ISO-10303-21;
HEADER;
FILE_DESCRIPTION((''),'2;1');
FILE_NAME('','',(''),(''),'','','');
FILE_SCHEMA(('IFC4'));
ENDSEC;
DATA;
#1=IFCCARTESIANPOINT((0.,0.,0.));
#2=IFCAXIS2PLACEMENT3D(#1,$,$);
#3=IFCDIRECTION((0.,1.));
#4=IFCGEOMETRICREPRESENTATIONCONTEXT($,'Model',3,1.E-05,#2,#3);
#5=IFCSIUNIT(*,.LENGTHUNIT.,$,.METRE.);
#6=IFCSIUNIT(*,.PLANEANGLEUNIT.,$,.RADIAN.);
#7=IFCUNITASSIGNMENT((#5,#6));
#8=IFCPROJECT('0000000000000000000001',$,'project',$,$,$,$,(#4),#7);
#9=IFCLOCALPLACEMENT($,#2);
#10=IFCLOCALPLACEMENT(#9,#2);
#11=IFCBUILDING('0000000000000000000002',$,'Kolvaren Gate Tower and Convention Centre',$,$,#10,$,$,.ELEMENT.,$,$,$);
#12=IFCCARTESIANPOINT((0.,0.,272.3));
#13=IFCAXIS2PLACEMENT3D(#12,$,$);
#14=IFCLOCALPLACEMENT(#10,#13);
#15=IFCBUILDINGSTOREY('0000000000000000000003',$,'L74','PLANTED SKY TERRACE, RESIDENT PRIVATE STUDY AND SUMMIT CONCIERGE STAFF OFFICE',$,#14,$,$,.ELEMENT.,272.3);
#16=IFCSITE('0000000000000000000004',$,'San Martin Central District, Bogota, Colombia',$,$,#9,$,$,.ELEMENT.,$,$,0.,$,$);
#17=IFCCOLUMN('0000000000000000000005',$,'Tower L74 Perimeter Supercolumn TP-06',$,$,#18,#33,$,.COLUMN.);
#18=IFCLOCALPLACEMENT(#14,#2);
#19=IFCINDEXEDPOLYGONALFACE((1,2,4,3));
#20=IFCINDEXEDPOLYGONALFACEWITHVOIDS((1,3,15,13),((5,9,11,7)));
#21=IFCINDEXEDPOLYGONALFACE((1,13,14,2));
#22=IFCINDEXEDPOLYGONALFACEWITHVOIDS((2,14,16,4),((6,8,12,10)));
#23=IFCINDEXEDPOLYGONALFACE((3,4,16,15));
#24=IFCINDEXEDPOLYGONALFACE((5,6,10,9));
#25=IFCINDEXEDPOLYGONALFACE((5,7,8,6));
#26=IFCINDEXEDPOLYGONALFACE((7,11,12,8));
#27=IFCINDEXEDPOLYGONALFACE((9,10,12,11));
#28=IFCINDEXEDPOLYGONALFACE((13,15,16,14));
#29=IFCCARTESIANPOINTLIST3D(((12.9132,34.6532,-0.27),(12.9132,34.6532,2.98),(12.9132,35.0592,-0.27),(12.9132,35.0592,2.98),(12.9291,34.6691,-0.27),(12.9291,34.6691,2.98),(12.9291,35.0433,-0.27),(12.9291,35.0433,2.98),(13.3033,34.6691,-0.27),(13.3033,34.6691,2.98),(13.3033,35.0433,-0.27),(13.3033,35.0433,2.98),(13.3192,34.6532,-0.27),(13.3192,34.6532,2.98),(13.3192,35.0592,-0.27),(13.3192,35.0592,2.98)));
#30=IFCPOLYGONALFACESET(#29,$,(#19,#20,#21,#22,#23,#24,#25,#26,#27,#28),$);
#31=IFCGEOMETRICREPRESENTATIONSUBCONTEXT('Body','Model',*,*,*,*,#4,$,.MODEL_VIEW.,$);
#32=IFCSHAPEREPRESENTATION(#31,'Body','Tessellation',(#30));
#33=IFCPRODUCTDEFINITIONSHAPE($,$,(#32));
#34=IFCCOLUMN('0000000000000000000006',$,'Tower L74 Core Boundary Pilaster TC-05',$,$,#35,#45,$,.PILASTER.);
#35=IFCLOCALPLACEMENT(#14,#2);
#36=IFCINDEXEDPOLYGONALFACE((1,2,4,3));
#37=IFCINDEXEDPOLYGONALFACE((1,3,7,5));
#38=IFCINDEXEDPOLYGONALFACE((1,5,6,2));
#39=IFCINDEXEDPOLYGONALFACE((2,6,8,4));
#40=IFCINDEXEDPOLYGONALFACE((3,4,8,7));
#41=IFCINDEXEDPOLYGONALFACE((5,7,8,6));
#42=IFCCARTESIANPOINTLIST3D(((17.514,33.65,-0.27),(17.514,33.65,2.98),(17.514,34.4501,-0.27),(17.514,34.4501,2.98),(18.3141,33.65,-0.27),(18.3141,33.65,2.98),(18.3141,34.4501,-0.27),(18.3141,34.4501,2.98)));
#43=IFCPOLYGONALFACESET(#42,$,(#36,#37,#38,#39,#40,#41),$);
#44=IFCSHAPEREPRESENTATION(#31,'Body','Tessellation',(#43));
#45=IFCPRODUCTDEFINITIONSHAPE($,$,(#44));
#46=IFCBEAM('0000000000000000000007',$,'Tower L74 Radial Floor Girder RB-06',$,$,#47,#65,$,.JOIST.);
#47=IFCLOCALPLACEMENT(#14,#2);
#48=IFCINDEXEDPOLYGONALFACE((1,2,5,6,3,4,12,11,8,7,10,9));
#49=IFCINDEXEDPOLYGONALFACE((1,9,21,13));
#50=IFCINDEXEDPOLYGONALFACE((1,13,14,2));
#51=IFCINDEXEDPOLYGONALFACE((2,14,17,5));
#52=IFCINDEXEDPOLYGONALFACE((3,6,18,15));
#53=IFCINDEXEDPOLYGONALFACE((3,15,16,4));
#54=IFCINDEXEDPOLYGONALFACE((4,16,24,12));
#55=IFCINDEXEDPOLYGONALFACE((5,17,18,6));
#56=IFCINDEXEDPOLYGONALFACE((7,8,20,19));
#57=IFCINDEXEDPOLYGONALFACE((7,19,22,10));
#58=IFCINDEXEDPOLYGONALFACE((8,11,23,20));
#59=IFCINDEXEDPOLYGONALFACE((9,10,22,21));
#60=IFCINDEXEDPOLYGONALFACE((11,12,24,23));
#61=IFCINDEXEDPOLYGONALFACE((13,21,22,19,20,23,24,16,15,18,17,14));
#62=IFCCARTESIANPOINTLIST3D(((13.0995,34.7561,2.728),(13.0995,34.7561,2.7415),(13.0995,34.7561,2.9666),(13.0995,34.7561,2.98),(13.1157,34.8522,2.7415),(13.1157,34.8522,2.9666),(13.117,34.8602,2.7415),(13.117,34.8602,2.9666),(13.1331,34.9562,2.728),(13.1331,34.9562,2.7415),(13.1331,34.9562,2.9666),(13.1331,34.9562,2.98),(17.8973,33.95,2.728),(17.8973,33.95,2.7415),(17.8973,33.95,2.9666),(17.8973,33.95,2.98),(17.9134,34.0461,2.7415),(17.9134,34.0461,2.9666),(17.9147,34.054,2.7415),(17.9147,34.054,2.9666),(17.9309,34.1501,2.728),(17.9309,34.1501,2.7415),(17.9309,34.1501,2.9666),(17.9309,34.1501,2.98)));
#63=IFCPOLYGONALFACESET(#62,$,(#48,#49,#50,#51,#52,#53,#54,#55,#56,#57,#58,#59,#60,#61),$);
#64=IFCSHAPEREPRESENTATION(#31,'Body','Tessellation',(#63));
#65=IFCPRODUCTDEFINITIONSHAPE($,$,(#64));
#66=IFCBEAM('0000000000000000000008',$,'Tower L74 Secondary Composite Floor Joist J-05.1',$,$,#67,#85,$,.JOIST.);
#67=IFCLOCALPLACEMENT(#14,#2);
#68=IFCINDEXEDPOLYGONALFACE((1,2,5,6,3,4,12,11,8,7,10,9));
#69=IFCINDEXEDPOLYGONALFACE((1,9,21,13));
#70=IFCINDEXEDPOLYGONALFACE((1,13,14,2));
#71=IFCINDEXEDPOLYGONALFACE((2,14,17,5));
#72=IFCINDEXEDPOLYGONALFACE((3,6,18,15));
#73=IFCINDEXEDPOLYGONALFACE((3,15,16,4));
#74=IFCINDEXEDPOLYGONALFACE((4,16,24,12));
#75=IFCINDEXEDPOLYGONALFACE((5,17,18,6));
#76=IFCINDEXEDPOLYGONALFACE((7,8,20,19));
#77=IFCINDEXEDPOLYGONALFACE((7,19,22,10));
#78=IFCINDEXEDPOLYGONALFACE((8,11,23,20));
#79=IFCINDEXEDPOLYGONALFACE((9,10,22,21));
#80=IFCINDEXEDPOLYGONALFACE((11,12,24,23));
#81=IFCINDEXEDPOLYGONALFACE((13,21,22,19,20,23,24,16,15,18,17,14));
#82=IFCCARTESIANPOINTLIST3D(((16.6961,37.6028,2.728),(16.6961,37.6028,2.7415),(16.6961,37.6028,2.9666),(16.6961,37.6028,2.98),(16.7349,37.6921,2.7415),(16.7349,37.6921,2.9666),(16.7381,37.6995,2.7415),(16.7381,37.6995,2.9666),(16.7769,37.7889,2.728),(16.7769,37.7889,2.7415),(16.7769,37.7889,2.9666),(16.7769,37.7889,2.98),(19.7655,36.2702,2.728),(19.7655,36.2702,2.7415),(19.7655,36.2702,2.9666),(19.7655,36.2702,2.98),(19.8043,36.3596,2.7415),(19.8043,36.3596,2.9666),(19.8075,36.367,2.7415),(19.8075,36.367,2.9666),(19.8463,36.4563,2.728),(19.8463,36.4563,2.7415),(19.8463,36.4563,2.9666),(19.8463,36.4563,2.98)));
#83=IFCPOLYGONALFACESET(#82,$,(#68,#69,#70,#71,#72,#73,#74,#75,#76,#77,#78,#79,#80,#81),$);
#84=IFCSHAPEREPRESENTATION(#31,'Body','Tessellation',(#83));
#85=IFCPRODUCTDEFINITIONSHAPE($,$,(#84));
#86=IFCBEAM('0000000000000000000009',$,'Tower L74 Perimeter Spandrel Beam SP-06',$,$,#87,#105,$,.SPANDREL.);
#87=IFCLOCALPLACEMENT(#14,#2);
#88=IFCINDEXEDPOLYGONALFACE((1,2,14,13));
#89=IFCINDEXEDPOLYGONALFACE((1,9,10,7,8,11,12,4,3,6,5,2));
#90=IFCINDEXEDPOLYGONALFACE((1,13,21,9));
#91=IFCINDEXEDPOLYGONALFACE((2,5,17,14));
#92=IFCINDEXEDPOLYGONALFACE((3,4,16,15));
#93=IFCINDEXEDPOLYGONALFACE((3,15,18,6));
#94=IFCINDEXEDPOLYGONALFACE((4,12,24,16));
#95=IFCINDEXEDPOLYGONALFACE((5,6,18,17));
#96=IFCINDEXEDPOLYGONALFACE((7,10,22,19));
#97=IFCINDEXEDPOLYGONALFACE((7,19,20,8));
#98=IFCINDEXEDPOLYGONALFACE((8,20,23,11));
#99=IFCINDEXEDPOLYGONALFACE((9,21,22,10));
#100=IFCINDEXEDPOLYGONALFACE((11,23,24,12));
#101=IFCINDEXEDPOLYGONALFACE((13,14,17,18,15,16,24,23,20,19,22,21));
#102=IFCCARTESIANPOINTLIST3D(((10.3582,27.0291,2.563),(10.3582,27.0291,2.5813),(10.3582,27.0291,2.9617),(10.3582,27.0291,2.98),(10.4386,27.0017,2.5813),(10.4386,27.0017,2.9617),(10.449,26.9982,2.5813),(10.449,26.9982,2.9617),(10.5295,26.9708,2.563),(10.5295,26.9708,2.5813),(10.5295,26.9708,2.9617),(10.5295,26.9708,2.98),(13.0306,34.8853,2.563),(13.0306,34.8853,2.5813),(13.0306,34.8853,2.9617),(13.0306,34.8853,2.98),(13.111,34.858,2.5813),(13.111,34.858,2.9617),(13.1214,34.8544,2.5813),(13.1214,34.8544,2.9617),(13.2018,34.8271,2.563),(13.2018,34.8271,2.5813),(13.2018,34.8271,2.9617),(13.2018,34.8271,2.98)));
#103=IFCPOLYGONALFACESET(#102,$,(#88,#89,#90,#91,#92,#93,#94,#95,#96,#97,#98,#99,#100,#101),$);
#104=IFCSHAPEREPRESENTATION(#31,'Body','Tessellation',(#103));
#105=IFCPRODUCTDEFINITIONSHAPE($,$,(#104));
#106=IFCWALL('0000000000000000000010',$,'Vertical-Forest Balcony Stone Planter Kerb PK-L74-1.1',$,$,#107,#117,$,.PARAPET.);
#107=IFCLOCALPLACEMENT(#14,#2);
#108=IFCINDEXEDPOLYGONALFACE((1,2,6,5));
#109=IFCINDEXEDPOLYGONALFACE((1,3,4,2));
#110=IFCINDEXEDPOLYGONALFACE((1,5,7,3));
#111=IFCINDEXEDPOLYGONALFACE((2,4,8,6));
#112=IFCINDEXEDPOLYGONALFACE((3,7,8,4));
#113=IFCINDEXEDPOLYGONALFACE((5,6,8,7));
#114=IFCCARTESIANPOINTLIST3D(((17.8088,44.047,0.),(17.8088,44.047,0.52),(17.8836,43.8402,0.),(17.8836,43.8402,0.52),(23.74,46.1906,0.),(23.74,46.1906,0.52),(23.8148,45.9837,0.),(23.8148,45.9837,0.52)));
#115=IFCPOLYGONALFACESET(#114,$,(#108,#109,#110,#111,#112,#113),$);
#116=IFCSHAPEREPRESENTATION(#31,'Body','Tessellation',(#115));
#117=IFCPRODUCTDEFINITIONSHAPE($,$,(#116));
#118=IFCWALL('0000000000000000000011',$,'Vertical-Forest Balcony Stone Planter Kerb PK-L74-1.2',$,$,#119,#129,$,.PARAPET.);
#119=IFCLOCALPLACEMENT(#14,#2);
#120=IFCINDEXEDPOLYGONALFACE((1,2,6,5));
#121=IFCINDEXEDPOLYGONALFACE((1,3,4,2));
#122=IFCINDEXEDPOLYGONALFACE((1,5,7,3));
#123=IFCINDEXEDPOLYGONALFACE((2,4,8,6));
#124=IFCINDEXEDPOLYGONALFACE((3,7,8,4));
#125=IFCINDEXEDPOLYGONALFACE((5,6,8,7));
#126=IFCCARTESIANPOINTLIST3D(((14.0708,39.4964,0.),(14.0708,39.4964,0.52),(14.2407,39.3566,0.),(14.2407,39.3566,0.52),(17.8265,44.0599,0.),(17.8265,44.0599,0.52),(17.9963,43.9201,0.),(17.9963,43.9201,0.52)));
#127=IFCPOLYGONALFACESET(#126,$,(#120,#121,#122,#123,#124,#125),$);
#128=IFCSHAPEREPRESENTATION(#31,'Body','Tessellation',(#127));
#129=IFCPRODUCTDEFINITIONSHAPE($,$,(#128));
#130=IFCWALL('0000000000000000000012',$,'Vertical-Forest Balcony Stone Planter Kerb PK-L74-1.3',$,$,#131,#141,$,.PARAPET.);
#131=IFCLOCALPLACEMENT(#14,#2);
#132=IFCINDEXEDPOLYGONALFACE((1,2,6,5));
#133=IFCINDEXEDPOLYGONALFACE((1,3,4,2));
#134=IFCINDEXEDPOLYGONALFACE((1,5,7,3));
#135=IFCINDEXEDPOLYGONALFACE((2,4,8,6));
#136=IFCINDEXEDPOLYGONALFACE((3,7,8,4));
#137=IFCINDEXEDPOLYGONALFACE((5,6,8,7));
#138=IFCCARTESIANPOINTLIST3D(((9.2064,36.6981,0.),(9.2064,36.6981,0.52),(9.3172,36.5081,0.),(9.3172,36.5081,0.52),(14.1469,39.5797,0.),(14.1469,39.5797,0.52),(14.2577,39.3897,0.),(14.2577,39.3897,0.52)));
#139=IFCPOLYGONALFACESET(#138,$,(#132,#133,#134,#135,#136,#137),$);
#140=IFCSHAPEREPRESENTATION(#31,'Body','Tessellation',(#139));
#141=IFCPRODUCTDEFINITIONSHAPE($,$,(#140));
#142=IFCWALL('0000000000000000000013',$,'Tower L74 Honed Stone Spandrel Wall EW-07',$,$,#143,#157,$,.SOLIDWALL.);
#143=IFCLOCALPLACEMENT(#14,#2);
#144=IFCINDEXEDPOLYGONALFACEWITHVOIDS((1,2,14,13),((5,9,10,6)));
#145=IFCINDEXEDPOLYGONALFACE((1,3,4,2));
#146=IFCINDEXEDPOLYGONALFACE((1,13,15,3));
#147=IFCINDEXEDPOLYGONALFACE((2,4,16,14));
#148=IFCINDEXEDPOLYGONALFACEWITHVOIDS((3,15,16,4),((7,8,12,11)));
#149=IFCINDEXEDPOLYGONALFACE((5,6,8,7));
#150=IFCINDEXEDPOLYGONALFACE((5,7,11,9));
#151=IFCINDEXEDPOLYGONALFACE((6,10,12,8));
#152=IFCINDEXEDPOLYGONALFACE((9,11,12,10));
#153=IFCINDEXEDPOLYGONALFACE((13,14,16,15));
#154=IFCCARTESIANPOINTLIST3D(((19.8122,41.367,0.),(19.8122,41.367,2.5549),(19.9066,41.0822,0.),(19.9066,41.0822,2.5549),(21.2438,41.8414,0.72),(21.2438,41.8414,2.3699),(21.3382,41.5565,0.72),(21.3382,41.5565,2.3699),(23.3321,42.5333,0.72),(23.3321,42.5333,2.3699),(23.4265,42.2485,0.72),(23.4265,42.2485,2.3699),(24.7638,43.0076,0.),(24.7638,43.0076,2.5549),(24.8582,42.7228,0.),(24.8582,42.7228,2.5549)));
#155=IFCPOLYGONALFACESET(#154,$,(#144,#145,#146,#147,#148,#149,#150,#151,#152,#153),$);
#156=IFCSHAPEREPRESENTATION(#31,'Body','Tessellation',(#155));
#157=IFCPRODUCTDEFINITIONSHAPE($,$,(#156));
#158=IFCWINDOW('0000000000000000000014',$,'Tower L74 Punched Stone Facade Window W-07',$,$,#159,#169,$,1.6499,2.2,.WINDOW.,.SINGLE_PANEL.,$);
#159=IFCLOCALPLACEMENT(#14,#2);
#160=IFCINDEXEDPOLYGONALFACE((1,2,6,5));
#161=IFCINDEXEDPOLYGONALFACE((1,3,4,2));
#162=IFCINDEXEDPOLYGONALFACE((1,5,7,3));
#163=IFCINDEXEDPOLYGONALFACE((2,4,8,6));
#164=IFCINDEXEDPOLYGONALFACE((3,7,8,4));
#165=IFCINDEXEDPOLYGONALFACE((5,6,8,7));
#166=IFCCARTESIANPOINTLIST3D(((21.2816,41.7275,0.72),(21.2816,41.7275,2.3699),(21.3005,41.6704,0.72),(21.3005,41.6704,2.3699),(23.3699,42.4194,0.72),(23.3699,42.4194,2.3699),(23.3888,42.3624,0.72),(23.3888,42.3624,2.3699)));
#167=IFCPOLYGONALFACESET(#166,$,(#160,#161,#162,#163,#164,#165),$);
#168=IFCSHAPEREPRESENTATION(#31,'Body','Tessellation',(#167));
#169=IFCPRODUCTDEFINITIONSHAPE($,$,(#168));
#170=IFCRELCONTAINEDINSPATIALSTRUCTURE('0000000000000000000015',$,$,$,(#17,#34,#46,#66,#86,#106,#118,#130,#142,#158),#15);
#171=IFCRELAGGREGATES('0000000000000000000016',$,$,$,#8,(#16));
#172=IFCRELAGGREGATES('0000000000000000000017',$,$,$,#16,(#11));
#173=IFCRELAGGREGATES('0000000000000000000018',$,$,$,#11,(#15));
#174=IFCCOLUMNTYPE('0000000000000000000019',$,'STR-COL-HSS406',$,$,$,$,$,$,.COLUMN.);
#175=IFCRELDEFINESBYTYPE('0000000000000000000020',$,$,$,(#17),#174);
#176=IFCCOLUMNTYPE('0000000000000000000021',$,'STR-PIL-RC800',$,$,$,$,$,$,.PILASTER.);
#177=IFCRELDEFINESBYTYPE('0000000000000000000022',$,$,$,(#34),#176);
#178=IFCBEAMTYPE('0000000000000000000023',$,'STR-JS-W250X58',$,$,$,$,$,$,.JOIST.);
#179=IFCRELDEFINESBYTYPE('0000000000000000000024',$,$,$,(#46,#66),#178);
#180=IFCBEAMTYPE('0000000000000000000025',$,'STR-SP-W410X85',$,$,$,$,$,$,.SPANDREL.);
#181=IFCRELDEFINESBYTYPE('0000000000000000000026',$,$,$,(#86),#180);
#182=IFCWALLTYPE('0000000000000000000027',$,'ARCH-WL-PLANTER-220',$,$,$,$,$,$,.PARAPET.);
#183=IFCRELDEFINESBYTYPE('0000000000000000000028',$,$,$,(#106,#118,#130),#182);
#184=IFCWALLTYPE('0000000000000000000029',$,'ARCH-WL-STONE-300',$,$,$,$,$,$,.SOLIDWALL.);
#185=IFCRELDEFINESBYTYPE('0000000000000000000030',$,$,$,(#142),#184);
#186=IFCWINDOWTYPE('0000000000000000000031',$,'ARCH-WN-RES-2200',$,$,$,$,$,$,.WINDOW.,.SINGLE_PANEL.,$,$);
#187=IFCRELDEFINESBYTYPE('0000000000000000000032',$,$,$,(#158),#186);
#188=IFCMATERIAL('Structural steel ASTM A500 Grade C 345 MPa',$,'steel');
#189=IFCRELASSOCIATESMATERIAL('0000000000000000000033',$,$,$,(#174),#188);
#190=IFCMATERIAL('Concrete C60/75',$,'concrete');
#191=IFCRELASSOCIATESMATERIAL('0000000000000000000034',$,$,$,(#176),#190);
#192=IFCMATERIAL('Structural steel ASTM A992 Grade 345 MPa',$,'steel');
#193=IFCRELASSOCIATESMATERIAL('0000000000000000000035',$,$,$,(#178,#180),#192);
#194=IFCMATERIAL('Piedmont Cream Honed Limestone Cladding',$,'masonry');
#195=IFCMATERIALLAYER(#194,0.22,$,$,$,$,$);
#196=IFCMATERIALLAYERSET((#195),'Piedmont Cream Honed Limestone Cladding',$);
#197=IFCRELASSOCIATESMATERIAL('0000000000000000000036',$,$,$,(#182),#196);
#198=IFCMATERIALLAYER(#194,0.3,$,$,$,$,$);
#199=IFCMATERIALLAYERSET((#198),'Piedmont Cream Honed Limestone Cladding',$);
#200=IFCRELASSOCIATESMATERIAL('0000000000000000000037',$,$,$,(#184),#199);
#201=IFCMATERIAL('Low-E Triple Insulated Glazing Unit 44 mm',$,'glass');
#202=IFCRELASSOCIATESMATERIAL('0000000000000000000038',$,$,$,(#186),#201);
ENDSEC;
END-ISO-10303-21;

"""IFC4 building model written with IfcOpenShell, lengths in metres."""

from ifc_helpers import new_model, si_unit, direction, frame, frame_2d, origin, origin_2d, place, context, subcontext, project, spatial, rectangle, hollow_rectangle, i_section, extrude, material, layer, layer_set, material_profile, profile_set, type_object, element, fill, save


model = new_model("IFC4")

# Units and contexts
model_context = context("Model", 3, precision=1e-05, world=origin(), true_north=direction((0.0, 1.0)))
body_context = subcontext(model_context, "Body", "Model", "MODEL_VIEW")
ifc_project = project(units=[si_unit("LENGTHUNIT", "METRE"), si_unit("PLANEANGLEUNIT", "RADIAN")], contexts=[model_context])

# Site, building, storey
site_placement = place(None, origin())
site = spatial("IfcSite", under=ifc_project, at=site_placement, Name="San Martin Central District, Bogota, Colombia", CompositionType="ELEMENT", RefElevation=0.0)
building_placement = place(site_placement, origin())
building = spatial("IfcBuilding", under=site, at=building_placement, Name="Kolvaren Gate Tower and Convention Centre", CompositionType="ELEMENT")
storey_placement = place(building_placement, frame((0.0, 0.0, 272.3)))
storey = spatial("IfcBuildingStorey", under=building, at=storey_placement, Name="L74", Description="PLANTED SKY TERRACE, RESIDENT PRIVATE STUDY AND SUMMIT CONCIERGE STAFF OFFICE", CompositionType="ELEMENT", Elevation=272.3)

# Columns
ifc_material_1 = material(Name="Structural steel ASTM A500 Grade C 345 MPa", Category="steel")
ifc_material_profile_1 = material_profile(ifc_material_1, hollow_rectangle(XDim=0.406, YDim=0.406, WallThickness=0.0159, at=origin_2d()), Name="HSS406X406X15.9")
ifc_profile_set_1 = profile_set([ifc_material_profile_1], Name="Structural steel ASTM A500 Grade C 345 MPa")
column_type_1 = type_object("IfcColumnType", Name="STR-COL-HSS406", PredefinedType="COLUMN", material=ifc_profile_set_1)
column_1_placement = place(storey_placement, frame((13.1162, 34.8562, -0.27), z_axis=(0.0, 0.0, 1.0), x_axis=(1.0, 0.0, 0.0)))
element("IfcColumn", 1, at=column_1_placement, inside=storey, type_object=column_type_1, Name="Tower L74 Perimeter Supercolumn TP-06", PredefinedType="COLUMN", context=body_context, shape_type="SweptSolid", body=[
    extrude(hollow_rectangle(XDim=0.406, YDim=0.406, WallThickness=0.0159, at=origin_2d()), origin(), (0.0, 0.0, 1.0), 3.25),
])
ifc_material_2 = material(Name="Concrete C60/75", Category="concrete")
ifc_material_profile_2 = material_profile(ifc_material_2, rectangle(XDim=0.8, YDim=0.8, at=origin_2d()), Name="RC-COL-800X800")
ifc_profile_set_2 = profile_set([ifc_material_profile_2], Name="Concrete C60/75")
column_type_2 = type_object("IfcColumnType", Name="STR-PIL-RC800", PredefinedType="PILASTER", material=ifc_profile_set_2)
column_2_placement = place(storey_placement, frame((17.9141, 34.05, -0.27), z_axis=(0.0, 0.0, 1.0), x_axis=(1.0, 0.0, 0.0)))
element("IfcColumn", 2, at=column_2_placement, inside=storey, type_object=column_type_2, Name="Tower L74 Core Boundary Pilaster TC-05", PredefinedType="PILASTER", context=body_context, shape_type="SweptSolid", body=[
    extrude(rectangle(XDim=0.8, YDim=0.8, at=origin_2d()), origin(), (0.0, 0.0, 1.0), 3.25),
])

# Beams
ifc_material_3 = material(Name="Structural steel ASTM A992 Grade 345 MPa", Category="steel")
ifc_material_profile_3 = material_profile(ifc_material_3, i_section(OverallWidth=0.2029, OverallDepth=0.252, WebThickness=0.0081, FlangeThickness=0.0134, at=origin_2d()), Name="W250X58")
ifc_profile_set_3 = profile_set([ifc_material_profile_3], Name="Structural steel ASTM A992 Grade 345 MPa")
beam_type_1 = type_object("IfcBeamType", Name="STR-JS-W250X58", PredefinedType="JOIST", material=ifc_profile_set_3)
beam_1_placement = place(storey_placement, frame((17.9141, 34.05, 2.854), z_axis=(-0.986176, 0.165701, 0.0), x_axis=(-0.165701, -0.986176, 0.0)))
element("IfcBeam", 3, at=beam_1_placement, inside=storey, type_object=beam_type_1, Name="Tower L74 Radial Floor Girder RB-06", PredefinedType="JOIST", context=body_context, shape_type="SweptSolid", body=[
    extrude(i_section(OverallWidth=0.2029, OverallDepth=0.252, WebThickness=0.0081, FlangeThickness=0.0134, at=origin_2d()), origin(), (0.0, 0.0, 1.0), 4.865),
])
beam_2_placement = place(storey_placement, frame((19.8059, 36.3633, 2.854), z_axis=(-0.917286, 0.39823, 0.0), x_axis=(-0.39823, -0.917286, 0.0)))
element("IfcBeam", 4, at=beam_2_placement, inside=storey, type_object=beam_type_1, Name="Tower L74 Secondary Composite Floor Joist J-05.1", PredefinedType="JOIST", context=body_context, shape_type="SweptSolid", body=[
    extrude(i_section(OverallWidth=0.2029, OverallDepth=0.252, WebThickness=0.0081, FlangeThickness=0.0134, at=origin_2d()), origin(), (0.0, 0.0, 1.0), 3.3462),
])
ifc_material_profile_4 = material_profile(ifc_material_3, i_section(OverallWidth=0.1809, OverallDepth=0.417, WebThickness=0.011, FlangeThickness=0.0183, at=origin_2d()), Name="W410X85")
ifc_profile_set_4 = profile_set([ifc_material_profile_4], Name="Structural steel ASTM A992 Grade 345 MPa")
beam_type_2 = type_object("IfcBeamType", Name="STR-SP-W410X85", PredefinedType="SPANDREL", material=ifc_profile_set_4)
beam_3_placement = place(storey_placement, frame((13.1162, 34.8562, 2.7715), z_axis=(-0.322038, -0.946727, 0.0), x_axis=(0.946727, -0.322038, 0.0)))
element("IfcBeam", 5, at=beam_3_placement, inside=storey, type_object=beam_type_2, Name="Tower L74 Perimeter Spandrel Beam SP-06", PredefinedType="SPANDREL", context=body_context, shape_type="SweptSolid", body=[
    extrude(i_section(OverallWidth=0.1809, OverallDepth=0.417, WebThickness=0.011, FlangeThickness=0.0183, at=origin_2d()), origin(), (0.0, 0.0, 1.0), 8.2983),
])

# Walls
ifc_material_4 = material(Name="Piedmont Cream Honed Limestone Cladding", Category="masonry")
ifc_layer_1 = layer(ifc_material_4, 0.22)
ifc_layer_set_1 = layer_set([ifc_layer_1], Name="Piedmont Cream Honed Limestone Cladding")
wall_type_1 = type_object("IfcWallType", Name="ARCH-WL-PLANTER-220", PredefinedType="PARAPET", material=ifc_layer_set_1)
wall_1_placement = place(storey_placement, frame((17.8462, 43.9436, 0.0), z_axis=(0.0, 0.0, 1.0), x_axis=(0.940465, 0.33989, 0.0)))
element("IfcWall", 6, at=wall_1_placement, inside=storey, type_object=wall_type_1, Name="Vertical-Forest Balcony Stone Planter Kerb PK-L74-1.1", PredefinedType="PARAPET", context=body_context, shape_type="SweptSolid", body=[
    extrude(rectangle(XDim=6.3066, YDim=0.22, at=frame_2d((3.1533, 0.0))), origin(), (0.0, 0.0, 1.0), 0.52),
])
wall_2_placement = place(storey_placement, frame((14.1558, 39.4265, 0.0), z_axis=(0.0, 0.0, 1.0), x_axis=(0.635451, 0.772141, 0.0)))
element("IfcWall", 7, at=wall_2_placement, inside=storey, type_object=wall_type_1, Name="Vertical-Forest Balcony Stone Planter Kerb PK-L74-1.2", PredefinedType="PARAPET", context=body_context, shape_type="SweptSolid", body=[
    extrude(rectangle(XDim=5.9102, YDim=0.22, at=frame_2d((2.9551, 0.0))), origin(), (0.0, 0.0, 1.0), 0.52),
])
wall_3_placement = place(storey_placement, frame((9.2617, 36.603, 0.0), z_axis=(0.0, 0.0, 1.0), x_axis=(0.863804, 0.503829, 0.0)))
element("IfcWall", 8, at=wall_3_placement, inside=storey, type_object=wall_type_1, Name="Vertical-Forest Balcony Stone Planter Kerb PK-L74-1.3", PredefinedType="PARAPET", context=body_context, shape_type="SweptSolid", body=[
    extrude(rectangle(XDim=5.7195, YDim=0.22, at=frame_2d((2.8599, 0.0))), origin(), (0.0, 0.0, 1.0), 0.52),
])

# Wall, opening, window
ifc_layer_2 = layer(ifc_material_4, 0.3)
ifc_layer_set_2 = layer_set([ifc_layer_2], Name="Piedmont Cream Honed Limestone Cladding")
wall_type_2 = type_object("IfcWallType", Name="ARCH-WL-STONE-300", PredefinedType="SOLIDWALL", material=ifc_layer_set_2)
wall_4_placement = place(storey_placement, frame((19.8594, 41.2246, 0.0), z_axis=(0.0, 0.0, 1.0), x_axis=(0.949253, 0.314514, 0.0)))
wall_4 = element("IfcWall", 9, at=wall_4_placement, inside=storey, type_object=wall_type_2, Name="Tower L74 Honed Stone Spandrel Wall EW-07", PredefinedType="SOLIDWALL", context=body_context, shape_type="SweptSolid", body=[
    extrude(rectangle(XDim=5.2163, YDim=0.3, at=frame_2d((2.6082, 0.0))), origin(), (0.0, 0.0, 1.0), 2.5549),
])
opening_1_placement = place(wall_4_placement, frame((1.5081, 0.0, 0.72)))
opening_1 = element("IfcOpeningElement", 10, at=opening_1_placement, cuts=wall_4, PredefinedType="OPENING", context=body_context, shape_type="SweptSolid", body=[
    extrude(rectangle(XDim=2.2, YDim=1.6499, at=frame_2d((1.1001, 0.825))), frame((0.0, 0.1599, 0.0), z_axis=(0.0, -1.0, 0.0), x_axis=(1.0, 0.0, 0.0)), (0.0, 0.0, 1.0), 0.3201),
])
ifc_material_5 = material(Name="Low-E Triple Insulated Glazing Unit 44 mm", Category="glass")
window_type = type_object("IfcWindowType", Name="ARCH-WN-RES-2200", PartitioningType="SINGLE_PANEL", PredefinedType="WINDOW", material=ifc_material_5)
window_1_placement = place(opening_1_placement, origin())
window_1 = element("IfcWindow", 11, at=window_1_placement, inside=storey, type_object=window_type, Name="Tower L74 Punched Stone Facade Window W-07", OverallHeight=1.6499, OverallWidth=2.2, PartitioningType="SINGLE_PANEL", PredefinedType="WINDOW", context=body_context, shape_type="SweptSolid", body=[
    extrude(rectangle(XDim=2.2, YDim=1.6499, at=frame_2d((1.1001, 0.825))), frame((0.0, 0.03, 0.0), z_axis=(0.0, -1.0, 0.0), x_axis=(1.0, 0.0, 0.0)), (0.0, 0.0, 1.0), 0.0601),
])
fill(opening_1, window_1)

save(model, "model.ifc")
